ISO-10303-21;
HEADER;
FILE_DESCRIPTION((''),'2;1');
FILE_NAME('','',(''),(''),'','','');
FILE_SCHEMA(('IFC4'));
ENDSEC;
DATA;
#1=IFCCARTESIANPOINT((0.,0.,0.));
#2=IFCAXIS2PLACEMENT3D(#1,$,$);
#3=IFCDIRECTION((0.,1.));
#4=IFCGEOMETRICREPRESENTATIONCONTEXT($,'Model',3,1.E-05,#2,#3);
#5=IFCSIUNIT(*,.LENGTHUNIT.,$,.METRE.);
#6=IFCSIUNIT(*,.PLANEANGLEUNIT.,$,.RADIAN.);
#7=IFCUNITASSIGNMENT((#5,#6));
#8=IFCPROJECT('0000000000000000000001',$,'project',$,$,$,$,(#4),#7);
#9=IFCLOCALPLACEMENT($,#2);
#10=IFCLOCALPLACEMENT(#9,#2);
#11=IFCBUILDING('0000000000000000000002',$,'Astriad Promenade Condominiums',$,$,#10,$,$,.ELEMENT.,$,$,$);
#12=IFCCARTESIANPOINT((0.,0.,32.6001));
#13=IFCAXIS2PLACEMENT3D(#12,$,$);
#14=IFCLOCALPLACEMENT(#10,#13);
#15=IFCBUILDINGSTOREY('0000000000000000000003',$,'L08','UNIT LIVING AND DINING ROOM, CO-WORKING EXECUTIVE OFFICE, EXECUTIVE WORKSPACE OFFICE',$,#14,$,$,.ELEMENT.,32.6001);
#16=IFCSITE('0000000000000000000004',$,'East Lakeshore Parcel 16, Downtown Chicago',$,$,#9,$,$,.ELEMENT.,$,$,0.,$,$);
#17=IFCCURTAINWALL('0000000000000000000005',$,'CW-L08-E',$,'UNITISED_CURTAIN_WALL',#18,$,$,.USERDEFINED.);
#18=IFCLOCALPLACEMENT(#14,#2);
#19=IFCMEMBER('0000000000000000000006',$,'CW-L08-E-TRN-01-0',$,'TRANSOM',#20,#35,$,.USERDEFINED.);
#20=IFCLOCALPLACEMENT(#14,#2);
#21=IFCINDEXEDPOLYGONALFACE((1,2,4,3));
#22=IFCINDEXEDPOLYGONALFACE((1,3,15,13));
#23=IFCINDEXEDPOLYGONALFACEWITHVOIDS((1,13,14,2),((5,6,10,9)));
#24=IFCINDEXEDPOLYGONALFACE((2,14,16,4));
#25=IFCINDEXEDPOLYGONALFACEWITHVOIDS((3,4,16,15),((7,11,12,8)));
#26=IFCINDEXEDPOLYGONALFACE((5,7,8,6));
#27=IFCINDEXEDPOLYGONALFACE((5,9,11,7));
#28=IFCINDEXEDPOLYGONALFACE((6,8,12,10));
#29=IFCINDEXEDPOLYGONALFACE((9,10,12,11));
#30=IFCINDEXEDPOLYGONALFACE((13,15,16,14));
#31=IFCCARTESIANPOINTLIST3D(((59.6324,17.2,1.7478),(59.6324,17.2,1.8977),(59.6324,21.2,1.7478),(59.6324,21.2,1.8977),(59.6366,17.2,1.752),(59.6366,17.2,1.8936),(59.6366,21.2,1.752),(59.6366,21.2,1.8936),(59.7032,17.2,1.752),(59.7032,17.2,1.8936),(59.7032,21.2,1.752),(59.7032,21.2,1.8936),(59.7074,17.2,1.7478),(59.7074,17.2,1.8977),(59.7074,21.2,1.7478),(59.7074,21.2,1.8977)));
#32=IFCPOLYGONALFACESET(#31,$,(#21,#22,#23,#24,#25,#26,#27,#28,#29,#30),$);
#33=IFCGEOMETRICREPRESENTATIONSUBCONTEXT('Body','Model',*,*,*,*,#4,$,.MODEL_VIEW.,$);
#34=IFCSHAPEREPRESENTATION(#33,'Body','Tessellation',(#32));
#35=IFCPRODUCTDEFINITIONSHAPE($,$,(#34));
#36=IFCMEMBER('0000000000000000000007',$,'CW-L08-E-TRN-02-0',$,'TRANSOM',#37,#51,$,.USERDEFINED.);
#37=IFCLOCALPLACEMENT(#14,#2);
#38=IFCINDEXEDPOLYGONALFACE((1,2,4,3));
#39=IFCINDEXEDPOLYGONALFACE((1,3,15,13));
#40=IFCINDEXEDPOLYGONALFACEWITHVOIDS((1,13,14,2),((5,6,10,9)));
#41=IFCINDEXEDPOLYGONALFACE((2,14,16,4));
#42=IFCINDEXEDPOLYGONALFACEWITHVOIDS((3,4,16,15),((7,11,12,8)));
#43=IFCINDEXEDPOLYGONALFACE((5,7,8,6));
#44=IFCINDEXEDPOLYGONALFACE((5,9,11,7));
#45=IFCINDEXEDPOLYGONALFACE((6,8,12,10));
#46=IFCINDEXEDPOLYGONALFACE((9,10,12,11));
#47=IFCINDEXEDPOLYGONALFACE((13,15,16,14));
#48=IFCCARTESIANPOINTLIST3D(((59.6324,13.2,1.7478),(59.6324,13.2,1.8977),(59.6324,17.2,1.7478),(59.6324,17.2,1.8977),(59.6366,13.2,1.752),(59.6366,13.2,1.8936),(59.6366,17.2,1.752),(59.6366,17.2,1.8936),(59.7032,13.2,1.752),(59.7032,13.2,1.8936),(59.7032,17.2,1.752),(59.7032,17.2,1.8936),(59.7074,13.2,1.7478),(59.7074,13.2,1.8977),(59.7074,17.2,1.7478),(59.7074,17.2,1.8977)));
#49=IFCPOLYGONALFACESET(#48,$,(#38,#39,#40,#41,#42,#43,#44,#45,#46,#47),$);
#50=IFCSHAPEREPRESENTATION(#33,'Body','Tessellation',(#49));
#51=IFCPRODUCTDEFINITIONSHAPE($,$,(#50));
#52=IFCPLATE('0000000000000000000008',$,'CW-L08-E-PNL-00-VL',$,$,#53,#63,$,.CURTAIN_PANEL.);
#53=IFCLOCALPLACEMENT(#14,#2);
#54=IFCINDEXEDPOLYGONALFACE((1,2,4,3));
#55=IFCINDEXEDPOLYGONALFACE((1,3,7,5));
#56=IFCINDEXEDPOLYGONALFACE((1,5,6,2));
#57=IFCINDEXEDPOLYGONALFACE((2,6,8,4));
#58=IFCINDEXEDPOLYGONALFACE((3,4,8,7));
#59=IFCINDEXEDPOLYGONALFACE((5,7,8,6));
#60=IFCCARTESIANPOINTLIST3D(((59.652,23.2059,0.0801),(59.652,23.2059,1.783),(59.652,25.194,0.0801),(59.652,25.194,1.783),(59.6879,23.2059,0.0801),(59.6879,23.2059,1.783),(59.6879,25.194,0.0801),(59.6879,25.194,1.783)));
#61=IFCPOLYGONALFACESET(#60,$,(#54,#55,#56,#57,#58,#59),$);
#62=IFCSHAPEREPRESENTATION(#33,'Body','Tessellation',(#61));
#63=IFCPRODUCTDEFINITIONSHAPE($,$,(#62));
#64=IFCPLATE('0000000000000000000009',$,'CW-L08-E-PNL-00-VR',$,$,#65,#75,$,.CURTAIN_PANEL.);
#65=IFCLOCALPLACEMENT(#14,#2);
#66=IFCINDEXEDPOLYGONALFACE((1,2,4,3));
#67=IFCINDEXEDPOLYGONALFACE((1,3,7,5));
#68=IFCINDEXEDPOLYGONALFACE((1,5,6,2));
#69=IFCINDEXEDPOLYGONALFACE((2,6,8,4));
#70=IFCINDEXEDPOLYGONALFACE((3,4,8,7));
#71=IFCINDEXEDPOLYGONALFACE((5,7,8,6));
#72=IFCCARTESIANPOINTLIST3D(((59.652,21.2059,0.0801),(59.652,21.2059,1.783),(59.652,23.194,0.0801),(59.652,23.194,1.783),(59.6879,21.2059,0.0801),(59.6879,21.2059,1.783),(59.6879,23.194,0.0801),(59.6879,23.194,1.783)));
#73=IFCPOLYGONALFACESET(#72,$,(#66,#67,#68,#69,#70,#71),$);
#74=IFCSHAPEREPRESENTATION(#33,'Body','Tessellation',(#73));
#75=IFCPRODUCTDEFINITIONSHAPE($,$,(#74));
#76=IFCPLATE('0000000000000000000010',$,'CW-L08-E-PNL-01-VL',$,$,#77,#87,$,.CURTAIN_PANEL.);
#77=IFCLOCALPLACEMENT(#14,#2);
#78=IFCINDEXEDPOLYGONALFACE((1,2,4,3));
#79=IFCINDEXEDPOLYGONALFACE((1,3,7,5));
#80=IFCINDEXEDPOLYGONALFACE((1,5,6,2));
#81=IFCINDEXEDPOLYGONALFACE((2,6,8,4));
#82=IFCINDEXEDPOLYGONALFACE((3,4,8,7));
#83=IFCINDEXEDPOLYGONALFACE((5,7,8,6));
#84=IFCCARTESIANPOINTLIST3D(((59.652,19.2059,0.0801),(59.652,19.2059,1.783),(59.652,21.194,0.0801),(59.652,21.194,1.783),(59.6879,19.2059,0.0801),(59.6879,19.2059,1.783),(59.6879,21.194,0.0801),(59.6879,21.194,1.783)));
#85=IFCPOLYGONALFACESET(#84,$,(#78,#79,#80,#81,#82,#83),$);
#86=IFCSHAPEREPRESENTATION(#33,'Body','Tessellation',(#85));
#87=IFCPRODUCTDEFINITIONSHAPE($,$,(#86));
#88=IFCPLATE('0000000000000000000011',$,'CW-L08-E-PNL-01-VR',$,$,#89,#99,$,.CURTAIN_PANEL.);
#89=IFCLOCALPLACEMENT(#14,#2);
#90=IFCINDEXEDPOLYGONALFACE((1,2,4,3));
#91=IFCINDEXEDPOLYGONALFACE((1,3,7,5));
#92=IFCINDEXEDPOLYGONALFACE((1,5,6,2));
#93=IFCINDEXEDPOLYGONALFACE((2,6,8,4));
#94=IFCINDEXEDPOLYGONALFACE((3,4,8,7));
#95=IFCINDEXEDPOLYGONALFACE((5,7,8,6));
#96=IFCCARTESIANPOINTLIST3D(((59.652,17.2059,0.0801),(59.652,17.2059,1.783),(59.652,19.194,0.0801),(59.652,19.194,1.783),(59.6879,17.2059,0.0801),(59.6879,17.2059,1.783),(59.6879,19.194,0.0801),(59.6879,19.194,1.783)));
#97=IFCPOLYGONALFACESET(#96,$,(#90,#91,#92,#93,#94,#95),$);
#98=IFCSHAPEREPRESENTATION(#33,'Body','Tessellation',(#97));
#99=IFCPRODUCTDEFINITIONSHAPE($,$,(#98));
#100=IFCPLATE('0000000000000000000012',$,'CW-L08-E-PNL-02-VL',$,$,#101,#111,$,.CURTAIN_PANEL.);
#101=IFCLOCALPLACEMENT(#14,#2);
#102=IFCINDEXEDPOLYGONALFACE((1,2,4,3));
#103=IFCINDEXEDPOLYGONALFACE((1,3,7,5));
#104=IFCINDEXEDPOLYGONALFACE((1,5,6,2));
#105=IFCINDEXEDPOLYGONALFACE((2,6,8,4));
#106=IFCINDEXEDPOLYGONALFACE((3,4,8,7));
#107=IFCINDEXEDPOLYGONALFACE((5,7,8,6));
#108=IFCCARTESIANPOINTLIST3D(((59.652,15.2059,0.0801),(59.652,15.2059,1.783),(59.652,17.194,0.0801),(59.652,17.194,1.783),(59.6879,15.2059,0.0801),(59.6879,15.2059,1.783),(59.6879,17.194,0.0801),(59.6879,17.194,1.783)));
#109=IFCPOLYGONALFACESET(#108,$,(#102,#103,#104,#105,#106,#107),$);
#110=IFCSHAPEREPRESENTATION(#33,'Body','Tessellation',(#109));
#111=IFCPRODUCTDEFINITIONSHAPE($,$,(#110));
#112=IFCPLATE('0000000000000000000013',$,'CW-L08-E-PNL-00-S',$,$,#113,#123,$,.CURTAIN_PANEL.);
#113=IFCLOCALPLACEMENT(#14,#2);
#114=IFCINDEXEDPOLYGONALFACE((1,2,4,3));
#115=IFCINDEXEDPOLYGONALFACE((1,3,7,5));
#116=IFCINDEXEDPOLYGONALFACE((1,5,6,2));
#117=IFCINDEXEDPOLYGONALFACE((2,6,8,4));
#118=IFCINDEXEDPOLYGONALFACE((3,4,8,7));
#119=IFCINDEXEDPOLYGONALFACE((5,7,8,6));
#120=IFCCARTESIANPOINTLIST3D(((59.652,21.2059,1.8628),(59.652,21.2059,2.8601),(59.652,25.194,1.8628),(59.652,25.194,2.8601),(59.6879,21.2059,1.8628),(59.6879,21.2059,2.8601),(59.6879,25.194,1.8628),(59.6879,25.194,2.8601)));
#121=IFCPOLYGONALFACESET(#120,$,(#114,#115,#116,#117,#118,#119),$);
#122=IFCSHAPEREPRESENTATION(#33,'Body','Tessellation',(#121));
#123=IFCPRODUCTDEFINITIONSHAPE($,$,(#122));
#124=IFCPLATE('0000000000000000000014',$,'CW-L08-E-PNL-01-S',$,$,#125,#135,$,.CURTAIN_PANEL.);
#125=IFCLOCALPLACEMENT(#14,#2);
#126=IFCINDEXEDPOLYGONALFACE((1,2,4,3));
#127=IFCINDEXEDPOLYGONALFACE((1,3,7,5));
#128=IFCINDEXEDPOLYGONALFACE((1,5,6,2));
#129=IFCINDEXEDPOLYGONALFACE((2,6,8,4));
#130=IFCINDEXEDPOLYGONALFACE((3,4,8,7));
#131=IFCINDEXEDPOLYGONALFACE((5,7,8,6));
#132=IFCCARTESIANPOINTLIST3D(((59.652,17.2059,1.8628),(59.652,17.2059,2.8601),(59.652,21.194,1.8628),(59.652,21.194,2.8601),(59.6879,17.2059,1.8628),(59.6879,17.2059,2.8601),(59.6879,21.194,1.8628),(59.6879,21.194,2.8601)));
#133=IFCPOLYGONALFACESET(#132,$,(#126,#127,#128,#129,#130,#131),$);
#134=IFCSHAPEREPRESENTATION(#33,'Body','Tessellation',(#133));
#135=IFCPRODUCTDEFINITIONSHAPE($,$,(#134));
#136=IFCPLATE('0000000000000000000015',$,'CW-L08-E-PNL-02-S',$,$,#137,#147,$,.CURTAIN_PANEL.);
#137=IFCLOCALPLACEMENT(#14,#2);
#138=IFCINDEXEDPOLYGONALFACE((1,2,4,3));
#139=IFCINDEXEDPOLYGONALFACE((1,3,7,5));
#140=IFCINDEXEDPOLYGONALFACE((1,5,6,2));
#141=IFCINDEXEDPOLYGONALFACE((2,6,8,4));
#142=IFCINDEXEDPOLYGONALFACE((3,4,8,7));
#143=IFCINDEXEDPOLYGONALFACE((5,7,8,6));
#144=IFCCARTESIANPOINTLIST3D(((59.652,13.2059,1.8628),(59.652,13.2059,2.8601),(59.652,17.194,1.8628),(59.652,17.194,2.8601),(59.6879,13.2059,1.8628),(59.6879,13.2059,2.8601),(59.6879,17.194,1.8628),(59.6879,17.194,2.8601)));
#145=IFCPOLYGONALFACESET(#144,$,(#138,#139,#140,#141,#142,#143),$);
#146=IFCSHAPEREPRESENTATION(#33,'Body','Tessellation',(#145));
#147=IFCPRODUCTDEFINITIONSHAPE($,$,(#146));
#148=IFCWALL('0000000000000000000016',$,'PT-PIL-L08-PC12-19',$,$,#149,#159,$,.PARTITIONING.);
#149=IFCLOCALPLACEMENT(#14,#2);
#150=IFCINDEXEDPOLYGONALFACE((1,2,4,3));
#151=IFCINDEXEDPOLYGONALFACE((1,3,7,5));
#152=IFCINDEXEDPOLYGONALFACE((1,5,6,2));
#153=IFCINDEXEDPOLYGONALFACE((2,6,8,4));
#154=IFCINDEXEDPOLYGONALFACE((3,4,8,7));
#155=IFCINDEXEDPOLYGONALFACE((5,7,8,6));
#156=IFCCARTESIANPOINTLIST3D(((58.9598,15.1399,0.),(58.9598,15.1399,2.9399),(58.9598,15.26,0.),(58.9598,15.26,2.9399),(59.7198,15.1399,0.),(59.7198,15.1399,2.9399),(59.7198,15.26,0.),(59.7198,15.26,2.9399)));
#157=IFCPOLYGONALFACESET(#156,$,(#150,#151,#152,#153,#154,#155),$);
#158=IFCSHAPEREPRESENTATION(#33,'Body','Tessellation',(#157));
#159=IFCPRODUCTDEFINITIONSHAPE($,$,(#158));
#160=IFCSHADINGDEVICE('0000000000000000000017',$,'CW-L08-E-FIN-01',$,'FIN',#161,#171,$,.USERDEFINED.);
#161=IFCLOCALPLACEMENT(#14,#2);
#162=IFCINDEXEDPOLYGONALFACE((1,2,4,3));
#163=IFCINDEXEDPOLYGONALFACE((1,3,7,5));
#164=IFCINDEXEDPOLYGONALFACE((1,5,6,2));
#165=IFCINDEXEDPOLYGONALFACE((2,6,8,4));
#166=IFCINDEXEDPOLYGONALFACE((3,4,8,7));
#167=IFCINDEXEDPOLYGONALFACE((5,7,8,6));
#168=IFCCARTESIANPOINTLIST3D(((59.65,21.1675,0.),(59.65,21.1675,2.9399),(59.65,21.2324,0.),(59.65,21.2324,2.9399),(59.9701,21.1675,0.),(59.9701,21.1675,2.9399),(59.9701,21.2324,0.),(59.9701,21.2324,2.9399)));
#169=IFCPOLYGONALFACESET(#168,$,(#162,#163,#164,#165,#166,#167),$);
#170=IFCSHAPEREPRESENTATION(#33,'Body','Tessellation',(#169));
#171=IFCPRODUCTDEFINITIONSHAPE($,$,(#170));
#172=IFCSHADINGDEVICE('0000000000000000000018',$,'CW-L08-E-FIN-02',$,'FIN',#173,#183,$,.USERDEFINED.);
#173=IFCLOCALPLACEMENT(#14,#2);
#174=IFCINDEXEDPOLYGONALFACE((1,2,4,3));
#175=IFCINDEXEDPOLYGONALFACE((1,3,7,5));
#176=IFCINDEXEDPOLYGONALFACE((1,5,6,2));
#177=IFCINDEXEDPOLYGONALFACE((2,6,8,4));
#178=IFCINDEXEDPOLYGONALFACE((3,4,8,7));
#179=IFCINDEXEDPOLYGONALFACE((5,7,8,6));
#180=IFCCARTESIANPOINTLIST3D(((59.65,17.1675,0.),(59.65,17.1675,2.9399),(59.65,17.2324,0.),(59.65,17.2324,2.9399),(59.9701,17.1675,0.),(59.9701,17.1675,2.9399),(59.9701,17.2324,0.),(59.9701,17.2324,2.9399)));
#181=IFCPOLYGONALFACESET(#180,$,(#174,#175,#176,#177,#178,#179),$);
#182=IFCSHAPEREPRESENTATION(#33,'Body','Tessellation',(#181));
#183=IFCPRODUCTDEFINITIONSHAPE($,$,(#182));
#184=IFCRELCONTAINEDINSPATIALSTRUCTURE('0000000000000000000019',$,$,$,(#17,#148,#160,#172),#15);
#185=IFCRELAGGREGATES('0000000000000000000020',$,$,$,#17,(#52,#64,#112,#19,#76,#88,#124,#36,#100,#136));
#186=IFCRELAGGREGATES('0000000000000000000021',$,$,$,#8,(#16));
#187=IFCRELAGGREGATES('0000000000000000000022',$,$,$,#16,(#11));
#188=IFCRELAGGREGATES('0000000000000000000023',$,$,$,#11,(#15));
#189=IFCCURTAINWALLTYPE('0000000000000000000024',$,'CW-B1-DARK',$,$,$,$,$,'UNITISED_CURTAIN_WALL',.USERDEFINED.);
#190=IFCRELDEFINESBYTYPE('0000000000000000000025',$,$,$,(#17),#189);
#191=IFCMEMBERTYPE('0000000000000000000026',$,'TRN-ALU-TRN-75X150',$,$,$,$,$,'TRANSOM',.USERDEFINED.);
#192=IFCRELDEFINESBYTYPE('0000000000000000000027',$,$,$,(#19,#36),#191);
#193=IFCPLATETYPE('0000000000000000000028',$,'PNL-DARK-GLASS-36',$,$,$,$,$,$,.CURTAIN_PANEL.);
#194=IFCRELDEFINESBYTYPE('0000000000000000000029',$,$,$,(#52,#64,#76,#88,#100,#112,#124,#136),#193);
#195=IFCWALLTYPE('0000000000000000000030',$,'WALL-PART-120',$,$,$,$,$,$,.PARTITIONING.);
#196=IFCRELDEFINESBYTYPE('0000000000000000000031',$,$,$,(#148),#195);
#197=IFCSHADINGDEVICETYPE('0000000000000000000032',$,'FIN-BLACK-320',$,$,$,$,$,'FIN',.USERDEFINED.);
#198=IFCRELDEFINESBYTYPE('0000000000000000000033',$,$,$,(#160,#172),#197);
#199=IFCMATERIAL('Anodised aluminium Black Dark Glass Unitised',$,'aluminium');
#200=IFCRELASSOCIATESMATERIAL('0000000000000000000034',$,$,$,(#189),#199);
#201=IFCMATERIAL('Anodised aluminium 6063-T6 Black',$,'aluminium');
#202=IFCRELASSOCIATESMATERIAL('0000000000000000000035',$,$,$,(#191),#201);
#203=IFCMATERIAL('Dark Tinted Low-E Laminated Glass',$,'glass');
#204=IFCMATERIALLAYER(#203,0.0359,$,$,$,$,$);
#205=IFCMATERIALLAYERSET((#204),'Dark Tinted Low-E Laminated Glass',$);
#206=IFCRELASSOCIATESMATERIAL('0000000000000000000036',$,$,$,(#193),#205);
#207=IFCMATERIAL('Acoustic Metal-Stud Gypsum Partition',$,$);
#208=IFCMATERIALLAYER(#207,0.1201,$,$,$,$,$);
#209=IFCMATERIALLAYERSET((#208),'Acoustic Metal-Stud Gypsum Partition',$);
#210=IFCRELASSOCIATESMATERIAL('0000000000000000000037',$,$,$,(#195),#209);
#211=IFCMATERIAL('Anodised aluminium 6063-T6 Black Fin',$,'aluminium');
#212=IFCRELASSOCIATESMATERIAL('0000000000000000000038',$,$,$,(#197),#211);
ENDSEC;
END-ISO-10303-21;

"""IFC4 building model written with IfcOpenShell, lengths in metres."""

from ifc_helpers import new_model, si_unit, direction, frame, frame_2d, origin, origin_2d, place, context, subcontext, project, spatial, rectangle, hollow_rectangle, extrude, source, transform, mapped, material, layer, layer_set, material_profile, profile_set, type_object, type_shapes, element, aggregate, save


model = new_model("IFC4")

# Units and contexts
model_context = context("Model", 3, precision=1e-05, world=origin(), true_north=direction((0.0, 1.0)))
body_context = subcontext(model_context, "Body", "Model", "MODEL_VIEW")
ifc_project = project(units=[si_unit("LENGTHUNIT", "METRE"), si_unit("PLANEANGLEUNIT", "RADIAN")], contexts=[model_context])

# Site, building, storey
site_placement = place(None, origin())
site = spatial("IfcSite", under=ifc_project, at=site_placement, Name="East Lakeshore Parcel 16, Downtown Chicago", CompositionType="ELEMENT", RefElevation=0.0)
building_placement = place(site_placement, origin())
building = spatial("IfcBuilding", under=site, at=building_placement, Name="Astriad Promenade Condominiums", CompositionType="ELEMENT")
storey_placement = place(building_placement, frame((0.0, 0.0, 32.6001)))
storey = spatial("IfcBuildingStorey", under=building, at=storey_placement, Name="L08", Description="UNIT LIVING AND DINING ROOM, CO-WORKING EXECUTIVE OFFICE, EXECUTIVE WORKSPACE OFFICE", CompositionType="ELEMENT", Elevation=32.6001)

# Curtain wall, members, plates
ifc_material_1 = material(Name="Anodised aluminium Black Dark Glass Unitised", Category="aluminium")
curtain_wall_type = type_object("IfcCurtainWallType", Name="CW-B1-DARK", ElementType="UNITISED_CURTAIN_WALL", PredefinedType="USERDEFINED", material=ifc_material_1)
curtain_wall_placement = place(storey_placement, origin())
curtain_wall = element("IfcCurtainWall", 1, at=curtain_wall_placement, inside=storey, type_object=curtain_wall_type, Name="CW-L08-E", ObjectType="UNITISED_CURTAIN_WALL", PredefinedType="USERDEFINED")
ifc_material_2 = material(Name="Anodised aluminium 6063-T6 Black", Category="aluminium")
ifc_material_profile_1 = material_profile(ifc_material_2, hollow_rectangle(XDim=0.075, YDim=0.1499, WallThickness=0.0042, at=origin_2d()), Name="ALU-TRN-75X150")
ifc_profile_set_1 = profile_set([ifc_material_profile_1], Name="Anodised aluminium 6063-T6 Black")
member_type_1 = type_object("IfcMemberType", Name="TRN-ALU-TRN-75X150", ElementType="TRANSOM", PredefinedType="USERDEFINED", material=ifc_profile_set_1)
shared_shape_1 = source(origin(), body_context, "Body", "SweptSolid", [
    extrude(hollow_rectangle(XDim=0.075, YDim=0.1499, WallThickness=0.0042, at=origin_2d()), origin(), (0.0, 0.0, 1.0), 4.0),
])
type_shapes(member_type_1, [shared_shape_1])
member_1_placement = place(storey_placement, frame((59.6699, 21.2, 1.8228), z_axis=(0.0, -1.0, 0.0), x_axis=(1.0, 0.0, 0.0)))
member_1 = element("IfcMember", 2, at=member_1_placement, type_object=member_type_1, Name="CW-L08-E-TRN-01-0", ObjectType="TRANSOM", PredefinedType="USERDEFINED", context=body_context, shape_type="MappedRepresentation", body=[
    mapped(shared_shape_1, transform((0.0, 0.0, 0.0), scale=1.0)),
])
member_2_placement = place(storey_placement, frame((59.6699, 17.2, 1.8228), z_axis=(0.0, -1.0, 0.0), x_axis=(1.0, 0.0, 0.0)))
member_2 = element("IfcMember", 3, at=member_2_placement, type_object=member_type_1, Name="CW-L08-E-TRN-02-0", ObjectType="TRANSOM", PredefinedType="USERDEFINED", context=body_context, shape_type="MappedRepresentation", body=[
    mapped(shared_shape_1, transform((0.0, 0.0, 0.0), scale=1.0)),
])
ifc_material_3 = material(Name="Dark Tinted Low-E Laminated Glass", Category="glass")
ifc_layer_1 = layer(ifc_material_3, 0.0359)
ifc_layer_set_1 = layer_set([ifc_layer_1], Name="Dark Tinted Low-E Laminated Glass")
plate_type = type_object("IfcPlateType", Name="PNL-DARK-GLASS-36", PredefinedType="CURTAIN_PANEL", material=ifc_layer_set_1)
shared_shape_2 = source(origin(), body_context, "Body", "SweptSolid", [
    extrude(rectangle(XDim=1.988, YDim=0.0359, at=origin_2d()), origin(), (0.0, 0.0, 1.0), 1.7029),
])
plate_1_placement = place(storey_placement, frame((59.6699, 24.2, 0.0801), z_axis=(0.0, 0.0, 1.0), x_axis=(0.0, -1.0, 0.0)))
plate_1 = element("IfcPlate", 4, at=plate_1_placement, type_object=plate_type, Name="CW-L08-E-PNL-00-VL", PredefinedType="CURTAIN_PANEL", context=body_context, shape_type="MappedRepresentation", body=[
    mapped(shared_shape_2, transform((0.0, 0.0, 0.0), scale=1.0)),
])
plate_2_placement = place(storey_placement, frame((59.6699, 22.2, 0.0801), z_axis=(0.0, 0.0, 1.0), x_axis=(0.0, -1.0, 0.0)))
plate_2 = element("IfcPlate", 5, at=plate_2_placement, type_object=plate_type, Name="CW-L08-E-PNL-00-VR", PredefinedType="CURTAIN_PANEL", context=body_context, shape_type="MappedRepresentation", body=[
    mapped(shared_shape_2, transform((0.0, 0.0, 0.0), scale=1.0)),
])
plate_3_placement = place(storey_placement, frame((59.6699, 20.2, 0.0801), z_axis=(0.0, 0.0, 1.0), x_axis=(0.0, -1.0, 0.0)))
plate_3 = element("IfcPlate", 6, at=plate_3_placement, type_object=plate_type, Name="CW-L08-E-PNL-01-VL", PredefinedType="CURTAIN_PANEL", context=body_context, shape_type="MappedRepresentation", body=[
    mapped(shared_shape_2, transform((0.0, 0.0, 0.0), scale=1.0)),
])
plate_4_placement = place(storey_placement, frame((59.6699, 18.2, 0.0801), z_axis=(0.0, 0.0, 1.0), x_axis=(0.0, -1.0, 0.0)))
plate_4 = element("IfcPlate", 7, at=plate_4_placement, type_object=plate_type, Name="CW-L08-E-PNL-01-VR", PredefinedType="CURTAIN_PANEL", context=body_context, shape_type="MappedRepresentation", body=[
    mapped(shared_shape_2, transform((0.0, 0.0, 0.0), scale=1.0)),
])
plate_5_placement = place(storey_placement, frame((59.6699, 16.2, 0.0801), z_axis=(0.0, 0.0, 1.0), x_axis=(0.0, -1.0, 0.0)))
plate_5 = element("IfcPlate", 8, at=plate_5_placement, type_object=plate_type, Name="CW-L08-E-PNL-02-VL", PredefinedType="CURTAIN_PANEL", context=body_context, shape_type="MappedRepresentation", body=[
    mapped(shared_shape_2, transform((0.0, 0.0, 0.0), scale=1.0)),
])
shared_shape_3 = source(origin(), body_context, "Body", "SweptSolid", [
    extrude(rectangle(XDim=3.988, YDim=0.0359, at=origin_2d()), origin(), (0.0, 0.0, 1.0), 0.9973),
])
type_shapes(plate_type, [shared_shape_2, shared_shape_3])
plate_6_placement = place(storey_placement, frame((59.6699, 23.2, 1.8628), z_axis=(0.0, 0.0, 1.0), x_axis=(0.0, -1.0, 0.0)))
plate_6 = element("IfcPlate", 9, at=plate_6_placement, type_object=plate_type, Name="CW-L08-E-PNL-00-S", PredefinedType="CURTAIN_PANEL", context=body_context, shape_type="MappedRepresentation", body=[
    mapped(shared_shape_3, transform((0.0, 0.0, 0.0), scale=1.0)),
])
plate_7_placement = place(storey_placement, frame((59.6699, 19.2, 1.8628), z_axis=(0.0, 0.0, 1.0), x_axis=(0.0, -1.0, 0.0)))
plate_7 = element("IfcPlate", 10, at=plate_7_placement, type_object=plate_type, Name="CW-L08-E-PNL-01-S", PredefinedType="CURTAIN_PANEL", context=body_context, shape_type="MappedRepresentation", body=[
    mapped(shared_shape_3, transform((0.0, 0.0, 0.0), scale=1.0)),
])
plate_8_placement = place(storey_placement, frame((59.6699, 15.2, 1.8628), z_axis=(0.0, 0.0, 1.0), x_axis=(0.0, -1.0, 0.0)))
plate_8 = element("IfcPlate", 11, at=plate_8_placement, type_object=plate_type, Name="CW-L08-E-PNL-02-S", PredefinedType="CURTAIN_PANEL", context=body_context, shape_type="MappedRepresentation", body=[
    mapped(shared_shape_3, transform((0.0, 0.0, 0.0), scale=1.0)),
])
aggregate(curtain_wall, [plate_1, plate_2, plate_6, member_1, plate_3, plate_4, plate_7, member_2, plate_5, plate_8])

# Wall
ifc_material_4 = material(Name="Acoustic Metal-Stud Gypsum Partition")
ifc_layer_2 = layer(ifc_material_4, 0.1201)
ifc_layer_set_2 = layer_set([ifc_layer_2], Name="Acoustic Metal-Stud Gypsum Partition")
wall_type = type_object("IfcWallType", Name="WALL-PART-120", PredefinedType="PARTITIONING", material=ifc_layer_set_2)
wall_placement = place(storey_placement, frame((58.96, 15.2, 0.0), z_axis=(0.0, 0.0, 1.0), x_axis=(1.0, 0.0, 0.0)))
element("IfcWall", 12, at=wall_placement, inside=storey, type_object=wall_type, Name="PT-PIL-L08-PC12-19", PredefinedType="PARTITIONING", context=body_context, shape_type="SweptSolid", body=[
    extrude(rectangle(XDim=0.76, YDim=0.1201, at=frame_2d((0.3799, 0.0))), origin(), (0.0, 0.0, 1.0), 2.9399),
])

# Shading devices
ifc_material_5 = material(Name="Anodised aluminium 6063-T6 Black Fin", Category="aluminium")
shading_device_type = type_object("IfcShadingDeviceType", Name="FIN-BLACK-320", ElementType="FIN", PredefinedType="USERDEFINED", material=ifc_material_5)
shared_shape_4 = source(origin(), body_context, "Body", "SweptSolid", [
    extrude(rectangle(XDim=0.0649, YDim=0.3201, at=origin_2d()), origin(), (0.0, 0.0, 1.0), 2.9399),
])
type_shapes(shading_device_type, [shared_shape_4])
for number, where, z_axis, x_axis, name in (
    (13, (59.8101, 21.2, 0.0), (0.0, 0.0, 1.0), (0.0, -1.0, 0.0), "CW-L08-E-FIN-01"),
    (14, (59.8101, 17.2, 0.0), (0.0, 0.0, 1.0), (0.0, -1.0, 0.0), "CW-L08-E-FIN-02"),
):
    element("IfcShadingDevice", number, at=place(storey_placement, frame(where, z_axis=z_axis, x_axis=x_axis)), inside=storey, type_object=shading_device_type, Name=name, ObjectType="FIN", PredefinedType="USERDEFINED", context=body_context, shape_type="MappedRepresentation", body=[
        mapped(shared_shape_4, transform((0.0, 0.0, 0.0), scale=1.0)),
    ])

save(model, "model.ifc")
